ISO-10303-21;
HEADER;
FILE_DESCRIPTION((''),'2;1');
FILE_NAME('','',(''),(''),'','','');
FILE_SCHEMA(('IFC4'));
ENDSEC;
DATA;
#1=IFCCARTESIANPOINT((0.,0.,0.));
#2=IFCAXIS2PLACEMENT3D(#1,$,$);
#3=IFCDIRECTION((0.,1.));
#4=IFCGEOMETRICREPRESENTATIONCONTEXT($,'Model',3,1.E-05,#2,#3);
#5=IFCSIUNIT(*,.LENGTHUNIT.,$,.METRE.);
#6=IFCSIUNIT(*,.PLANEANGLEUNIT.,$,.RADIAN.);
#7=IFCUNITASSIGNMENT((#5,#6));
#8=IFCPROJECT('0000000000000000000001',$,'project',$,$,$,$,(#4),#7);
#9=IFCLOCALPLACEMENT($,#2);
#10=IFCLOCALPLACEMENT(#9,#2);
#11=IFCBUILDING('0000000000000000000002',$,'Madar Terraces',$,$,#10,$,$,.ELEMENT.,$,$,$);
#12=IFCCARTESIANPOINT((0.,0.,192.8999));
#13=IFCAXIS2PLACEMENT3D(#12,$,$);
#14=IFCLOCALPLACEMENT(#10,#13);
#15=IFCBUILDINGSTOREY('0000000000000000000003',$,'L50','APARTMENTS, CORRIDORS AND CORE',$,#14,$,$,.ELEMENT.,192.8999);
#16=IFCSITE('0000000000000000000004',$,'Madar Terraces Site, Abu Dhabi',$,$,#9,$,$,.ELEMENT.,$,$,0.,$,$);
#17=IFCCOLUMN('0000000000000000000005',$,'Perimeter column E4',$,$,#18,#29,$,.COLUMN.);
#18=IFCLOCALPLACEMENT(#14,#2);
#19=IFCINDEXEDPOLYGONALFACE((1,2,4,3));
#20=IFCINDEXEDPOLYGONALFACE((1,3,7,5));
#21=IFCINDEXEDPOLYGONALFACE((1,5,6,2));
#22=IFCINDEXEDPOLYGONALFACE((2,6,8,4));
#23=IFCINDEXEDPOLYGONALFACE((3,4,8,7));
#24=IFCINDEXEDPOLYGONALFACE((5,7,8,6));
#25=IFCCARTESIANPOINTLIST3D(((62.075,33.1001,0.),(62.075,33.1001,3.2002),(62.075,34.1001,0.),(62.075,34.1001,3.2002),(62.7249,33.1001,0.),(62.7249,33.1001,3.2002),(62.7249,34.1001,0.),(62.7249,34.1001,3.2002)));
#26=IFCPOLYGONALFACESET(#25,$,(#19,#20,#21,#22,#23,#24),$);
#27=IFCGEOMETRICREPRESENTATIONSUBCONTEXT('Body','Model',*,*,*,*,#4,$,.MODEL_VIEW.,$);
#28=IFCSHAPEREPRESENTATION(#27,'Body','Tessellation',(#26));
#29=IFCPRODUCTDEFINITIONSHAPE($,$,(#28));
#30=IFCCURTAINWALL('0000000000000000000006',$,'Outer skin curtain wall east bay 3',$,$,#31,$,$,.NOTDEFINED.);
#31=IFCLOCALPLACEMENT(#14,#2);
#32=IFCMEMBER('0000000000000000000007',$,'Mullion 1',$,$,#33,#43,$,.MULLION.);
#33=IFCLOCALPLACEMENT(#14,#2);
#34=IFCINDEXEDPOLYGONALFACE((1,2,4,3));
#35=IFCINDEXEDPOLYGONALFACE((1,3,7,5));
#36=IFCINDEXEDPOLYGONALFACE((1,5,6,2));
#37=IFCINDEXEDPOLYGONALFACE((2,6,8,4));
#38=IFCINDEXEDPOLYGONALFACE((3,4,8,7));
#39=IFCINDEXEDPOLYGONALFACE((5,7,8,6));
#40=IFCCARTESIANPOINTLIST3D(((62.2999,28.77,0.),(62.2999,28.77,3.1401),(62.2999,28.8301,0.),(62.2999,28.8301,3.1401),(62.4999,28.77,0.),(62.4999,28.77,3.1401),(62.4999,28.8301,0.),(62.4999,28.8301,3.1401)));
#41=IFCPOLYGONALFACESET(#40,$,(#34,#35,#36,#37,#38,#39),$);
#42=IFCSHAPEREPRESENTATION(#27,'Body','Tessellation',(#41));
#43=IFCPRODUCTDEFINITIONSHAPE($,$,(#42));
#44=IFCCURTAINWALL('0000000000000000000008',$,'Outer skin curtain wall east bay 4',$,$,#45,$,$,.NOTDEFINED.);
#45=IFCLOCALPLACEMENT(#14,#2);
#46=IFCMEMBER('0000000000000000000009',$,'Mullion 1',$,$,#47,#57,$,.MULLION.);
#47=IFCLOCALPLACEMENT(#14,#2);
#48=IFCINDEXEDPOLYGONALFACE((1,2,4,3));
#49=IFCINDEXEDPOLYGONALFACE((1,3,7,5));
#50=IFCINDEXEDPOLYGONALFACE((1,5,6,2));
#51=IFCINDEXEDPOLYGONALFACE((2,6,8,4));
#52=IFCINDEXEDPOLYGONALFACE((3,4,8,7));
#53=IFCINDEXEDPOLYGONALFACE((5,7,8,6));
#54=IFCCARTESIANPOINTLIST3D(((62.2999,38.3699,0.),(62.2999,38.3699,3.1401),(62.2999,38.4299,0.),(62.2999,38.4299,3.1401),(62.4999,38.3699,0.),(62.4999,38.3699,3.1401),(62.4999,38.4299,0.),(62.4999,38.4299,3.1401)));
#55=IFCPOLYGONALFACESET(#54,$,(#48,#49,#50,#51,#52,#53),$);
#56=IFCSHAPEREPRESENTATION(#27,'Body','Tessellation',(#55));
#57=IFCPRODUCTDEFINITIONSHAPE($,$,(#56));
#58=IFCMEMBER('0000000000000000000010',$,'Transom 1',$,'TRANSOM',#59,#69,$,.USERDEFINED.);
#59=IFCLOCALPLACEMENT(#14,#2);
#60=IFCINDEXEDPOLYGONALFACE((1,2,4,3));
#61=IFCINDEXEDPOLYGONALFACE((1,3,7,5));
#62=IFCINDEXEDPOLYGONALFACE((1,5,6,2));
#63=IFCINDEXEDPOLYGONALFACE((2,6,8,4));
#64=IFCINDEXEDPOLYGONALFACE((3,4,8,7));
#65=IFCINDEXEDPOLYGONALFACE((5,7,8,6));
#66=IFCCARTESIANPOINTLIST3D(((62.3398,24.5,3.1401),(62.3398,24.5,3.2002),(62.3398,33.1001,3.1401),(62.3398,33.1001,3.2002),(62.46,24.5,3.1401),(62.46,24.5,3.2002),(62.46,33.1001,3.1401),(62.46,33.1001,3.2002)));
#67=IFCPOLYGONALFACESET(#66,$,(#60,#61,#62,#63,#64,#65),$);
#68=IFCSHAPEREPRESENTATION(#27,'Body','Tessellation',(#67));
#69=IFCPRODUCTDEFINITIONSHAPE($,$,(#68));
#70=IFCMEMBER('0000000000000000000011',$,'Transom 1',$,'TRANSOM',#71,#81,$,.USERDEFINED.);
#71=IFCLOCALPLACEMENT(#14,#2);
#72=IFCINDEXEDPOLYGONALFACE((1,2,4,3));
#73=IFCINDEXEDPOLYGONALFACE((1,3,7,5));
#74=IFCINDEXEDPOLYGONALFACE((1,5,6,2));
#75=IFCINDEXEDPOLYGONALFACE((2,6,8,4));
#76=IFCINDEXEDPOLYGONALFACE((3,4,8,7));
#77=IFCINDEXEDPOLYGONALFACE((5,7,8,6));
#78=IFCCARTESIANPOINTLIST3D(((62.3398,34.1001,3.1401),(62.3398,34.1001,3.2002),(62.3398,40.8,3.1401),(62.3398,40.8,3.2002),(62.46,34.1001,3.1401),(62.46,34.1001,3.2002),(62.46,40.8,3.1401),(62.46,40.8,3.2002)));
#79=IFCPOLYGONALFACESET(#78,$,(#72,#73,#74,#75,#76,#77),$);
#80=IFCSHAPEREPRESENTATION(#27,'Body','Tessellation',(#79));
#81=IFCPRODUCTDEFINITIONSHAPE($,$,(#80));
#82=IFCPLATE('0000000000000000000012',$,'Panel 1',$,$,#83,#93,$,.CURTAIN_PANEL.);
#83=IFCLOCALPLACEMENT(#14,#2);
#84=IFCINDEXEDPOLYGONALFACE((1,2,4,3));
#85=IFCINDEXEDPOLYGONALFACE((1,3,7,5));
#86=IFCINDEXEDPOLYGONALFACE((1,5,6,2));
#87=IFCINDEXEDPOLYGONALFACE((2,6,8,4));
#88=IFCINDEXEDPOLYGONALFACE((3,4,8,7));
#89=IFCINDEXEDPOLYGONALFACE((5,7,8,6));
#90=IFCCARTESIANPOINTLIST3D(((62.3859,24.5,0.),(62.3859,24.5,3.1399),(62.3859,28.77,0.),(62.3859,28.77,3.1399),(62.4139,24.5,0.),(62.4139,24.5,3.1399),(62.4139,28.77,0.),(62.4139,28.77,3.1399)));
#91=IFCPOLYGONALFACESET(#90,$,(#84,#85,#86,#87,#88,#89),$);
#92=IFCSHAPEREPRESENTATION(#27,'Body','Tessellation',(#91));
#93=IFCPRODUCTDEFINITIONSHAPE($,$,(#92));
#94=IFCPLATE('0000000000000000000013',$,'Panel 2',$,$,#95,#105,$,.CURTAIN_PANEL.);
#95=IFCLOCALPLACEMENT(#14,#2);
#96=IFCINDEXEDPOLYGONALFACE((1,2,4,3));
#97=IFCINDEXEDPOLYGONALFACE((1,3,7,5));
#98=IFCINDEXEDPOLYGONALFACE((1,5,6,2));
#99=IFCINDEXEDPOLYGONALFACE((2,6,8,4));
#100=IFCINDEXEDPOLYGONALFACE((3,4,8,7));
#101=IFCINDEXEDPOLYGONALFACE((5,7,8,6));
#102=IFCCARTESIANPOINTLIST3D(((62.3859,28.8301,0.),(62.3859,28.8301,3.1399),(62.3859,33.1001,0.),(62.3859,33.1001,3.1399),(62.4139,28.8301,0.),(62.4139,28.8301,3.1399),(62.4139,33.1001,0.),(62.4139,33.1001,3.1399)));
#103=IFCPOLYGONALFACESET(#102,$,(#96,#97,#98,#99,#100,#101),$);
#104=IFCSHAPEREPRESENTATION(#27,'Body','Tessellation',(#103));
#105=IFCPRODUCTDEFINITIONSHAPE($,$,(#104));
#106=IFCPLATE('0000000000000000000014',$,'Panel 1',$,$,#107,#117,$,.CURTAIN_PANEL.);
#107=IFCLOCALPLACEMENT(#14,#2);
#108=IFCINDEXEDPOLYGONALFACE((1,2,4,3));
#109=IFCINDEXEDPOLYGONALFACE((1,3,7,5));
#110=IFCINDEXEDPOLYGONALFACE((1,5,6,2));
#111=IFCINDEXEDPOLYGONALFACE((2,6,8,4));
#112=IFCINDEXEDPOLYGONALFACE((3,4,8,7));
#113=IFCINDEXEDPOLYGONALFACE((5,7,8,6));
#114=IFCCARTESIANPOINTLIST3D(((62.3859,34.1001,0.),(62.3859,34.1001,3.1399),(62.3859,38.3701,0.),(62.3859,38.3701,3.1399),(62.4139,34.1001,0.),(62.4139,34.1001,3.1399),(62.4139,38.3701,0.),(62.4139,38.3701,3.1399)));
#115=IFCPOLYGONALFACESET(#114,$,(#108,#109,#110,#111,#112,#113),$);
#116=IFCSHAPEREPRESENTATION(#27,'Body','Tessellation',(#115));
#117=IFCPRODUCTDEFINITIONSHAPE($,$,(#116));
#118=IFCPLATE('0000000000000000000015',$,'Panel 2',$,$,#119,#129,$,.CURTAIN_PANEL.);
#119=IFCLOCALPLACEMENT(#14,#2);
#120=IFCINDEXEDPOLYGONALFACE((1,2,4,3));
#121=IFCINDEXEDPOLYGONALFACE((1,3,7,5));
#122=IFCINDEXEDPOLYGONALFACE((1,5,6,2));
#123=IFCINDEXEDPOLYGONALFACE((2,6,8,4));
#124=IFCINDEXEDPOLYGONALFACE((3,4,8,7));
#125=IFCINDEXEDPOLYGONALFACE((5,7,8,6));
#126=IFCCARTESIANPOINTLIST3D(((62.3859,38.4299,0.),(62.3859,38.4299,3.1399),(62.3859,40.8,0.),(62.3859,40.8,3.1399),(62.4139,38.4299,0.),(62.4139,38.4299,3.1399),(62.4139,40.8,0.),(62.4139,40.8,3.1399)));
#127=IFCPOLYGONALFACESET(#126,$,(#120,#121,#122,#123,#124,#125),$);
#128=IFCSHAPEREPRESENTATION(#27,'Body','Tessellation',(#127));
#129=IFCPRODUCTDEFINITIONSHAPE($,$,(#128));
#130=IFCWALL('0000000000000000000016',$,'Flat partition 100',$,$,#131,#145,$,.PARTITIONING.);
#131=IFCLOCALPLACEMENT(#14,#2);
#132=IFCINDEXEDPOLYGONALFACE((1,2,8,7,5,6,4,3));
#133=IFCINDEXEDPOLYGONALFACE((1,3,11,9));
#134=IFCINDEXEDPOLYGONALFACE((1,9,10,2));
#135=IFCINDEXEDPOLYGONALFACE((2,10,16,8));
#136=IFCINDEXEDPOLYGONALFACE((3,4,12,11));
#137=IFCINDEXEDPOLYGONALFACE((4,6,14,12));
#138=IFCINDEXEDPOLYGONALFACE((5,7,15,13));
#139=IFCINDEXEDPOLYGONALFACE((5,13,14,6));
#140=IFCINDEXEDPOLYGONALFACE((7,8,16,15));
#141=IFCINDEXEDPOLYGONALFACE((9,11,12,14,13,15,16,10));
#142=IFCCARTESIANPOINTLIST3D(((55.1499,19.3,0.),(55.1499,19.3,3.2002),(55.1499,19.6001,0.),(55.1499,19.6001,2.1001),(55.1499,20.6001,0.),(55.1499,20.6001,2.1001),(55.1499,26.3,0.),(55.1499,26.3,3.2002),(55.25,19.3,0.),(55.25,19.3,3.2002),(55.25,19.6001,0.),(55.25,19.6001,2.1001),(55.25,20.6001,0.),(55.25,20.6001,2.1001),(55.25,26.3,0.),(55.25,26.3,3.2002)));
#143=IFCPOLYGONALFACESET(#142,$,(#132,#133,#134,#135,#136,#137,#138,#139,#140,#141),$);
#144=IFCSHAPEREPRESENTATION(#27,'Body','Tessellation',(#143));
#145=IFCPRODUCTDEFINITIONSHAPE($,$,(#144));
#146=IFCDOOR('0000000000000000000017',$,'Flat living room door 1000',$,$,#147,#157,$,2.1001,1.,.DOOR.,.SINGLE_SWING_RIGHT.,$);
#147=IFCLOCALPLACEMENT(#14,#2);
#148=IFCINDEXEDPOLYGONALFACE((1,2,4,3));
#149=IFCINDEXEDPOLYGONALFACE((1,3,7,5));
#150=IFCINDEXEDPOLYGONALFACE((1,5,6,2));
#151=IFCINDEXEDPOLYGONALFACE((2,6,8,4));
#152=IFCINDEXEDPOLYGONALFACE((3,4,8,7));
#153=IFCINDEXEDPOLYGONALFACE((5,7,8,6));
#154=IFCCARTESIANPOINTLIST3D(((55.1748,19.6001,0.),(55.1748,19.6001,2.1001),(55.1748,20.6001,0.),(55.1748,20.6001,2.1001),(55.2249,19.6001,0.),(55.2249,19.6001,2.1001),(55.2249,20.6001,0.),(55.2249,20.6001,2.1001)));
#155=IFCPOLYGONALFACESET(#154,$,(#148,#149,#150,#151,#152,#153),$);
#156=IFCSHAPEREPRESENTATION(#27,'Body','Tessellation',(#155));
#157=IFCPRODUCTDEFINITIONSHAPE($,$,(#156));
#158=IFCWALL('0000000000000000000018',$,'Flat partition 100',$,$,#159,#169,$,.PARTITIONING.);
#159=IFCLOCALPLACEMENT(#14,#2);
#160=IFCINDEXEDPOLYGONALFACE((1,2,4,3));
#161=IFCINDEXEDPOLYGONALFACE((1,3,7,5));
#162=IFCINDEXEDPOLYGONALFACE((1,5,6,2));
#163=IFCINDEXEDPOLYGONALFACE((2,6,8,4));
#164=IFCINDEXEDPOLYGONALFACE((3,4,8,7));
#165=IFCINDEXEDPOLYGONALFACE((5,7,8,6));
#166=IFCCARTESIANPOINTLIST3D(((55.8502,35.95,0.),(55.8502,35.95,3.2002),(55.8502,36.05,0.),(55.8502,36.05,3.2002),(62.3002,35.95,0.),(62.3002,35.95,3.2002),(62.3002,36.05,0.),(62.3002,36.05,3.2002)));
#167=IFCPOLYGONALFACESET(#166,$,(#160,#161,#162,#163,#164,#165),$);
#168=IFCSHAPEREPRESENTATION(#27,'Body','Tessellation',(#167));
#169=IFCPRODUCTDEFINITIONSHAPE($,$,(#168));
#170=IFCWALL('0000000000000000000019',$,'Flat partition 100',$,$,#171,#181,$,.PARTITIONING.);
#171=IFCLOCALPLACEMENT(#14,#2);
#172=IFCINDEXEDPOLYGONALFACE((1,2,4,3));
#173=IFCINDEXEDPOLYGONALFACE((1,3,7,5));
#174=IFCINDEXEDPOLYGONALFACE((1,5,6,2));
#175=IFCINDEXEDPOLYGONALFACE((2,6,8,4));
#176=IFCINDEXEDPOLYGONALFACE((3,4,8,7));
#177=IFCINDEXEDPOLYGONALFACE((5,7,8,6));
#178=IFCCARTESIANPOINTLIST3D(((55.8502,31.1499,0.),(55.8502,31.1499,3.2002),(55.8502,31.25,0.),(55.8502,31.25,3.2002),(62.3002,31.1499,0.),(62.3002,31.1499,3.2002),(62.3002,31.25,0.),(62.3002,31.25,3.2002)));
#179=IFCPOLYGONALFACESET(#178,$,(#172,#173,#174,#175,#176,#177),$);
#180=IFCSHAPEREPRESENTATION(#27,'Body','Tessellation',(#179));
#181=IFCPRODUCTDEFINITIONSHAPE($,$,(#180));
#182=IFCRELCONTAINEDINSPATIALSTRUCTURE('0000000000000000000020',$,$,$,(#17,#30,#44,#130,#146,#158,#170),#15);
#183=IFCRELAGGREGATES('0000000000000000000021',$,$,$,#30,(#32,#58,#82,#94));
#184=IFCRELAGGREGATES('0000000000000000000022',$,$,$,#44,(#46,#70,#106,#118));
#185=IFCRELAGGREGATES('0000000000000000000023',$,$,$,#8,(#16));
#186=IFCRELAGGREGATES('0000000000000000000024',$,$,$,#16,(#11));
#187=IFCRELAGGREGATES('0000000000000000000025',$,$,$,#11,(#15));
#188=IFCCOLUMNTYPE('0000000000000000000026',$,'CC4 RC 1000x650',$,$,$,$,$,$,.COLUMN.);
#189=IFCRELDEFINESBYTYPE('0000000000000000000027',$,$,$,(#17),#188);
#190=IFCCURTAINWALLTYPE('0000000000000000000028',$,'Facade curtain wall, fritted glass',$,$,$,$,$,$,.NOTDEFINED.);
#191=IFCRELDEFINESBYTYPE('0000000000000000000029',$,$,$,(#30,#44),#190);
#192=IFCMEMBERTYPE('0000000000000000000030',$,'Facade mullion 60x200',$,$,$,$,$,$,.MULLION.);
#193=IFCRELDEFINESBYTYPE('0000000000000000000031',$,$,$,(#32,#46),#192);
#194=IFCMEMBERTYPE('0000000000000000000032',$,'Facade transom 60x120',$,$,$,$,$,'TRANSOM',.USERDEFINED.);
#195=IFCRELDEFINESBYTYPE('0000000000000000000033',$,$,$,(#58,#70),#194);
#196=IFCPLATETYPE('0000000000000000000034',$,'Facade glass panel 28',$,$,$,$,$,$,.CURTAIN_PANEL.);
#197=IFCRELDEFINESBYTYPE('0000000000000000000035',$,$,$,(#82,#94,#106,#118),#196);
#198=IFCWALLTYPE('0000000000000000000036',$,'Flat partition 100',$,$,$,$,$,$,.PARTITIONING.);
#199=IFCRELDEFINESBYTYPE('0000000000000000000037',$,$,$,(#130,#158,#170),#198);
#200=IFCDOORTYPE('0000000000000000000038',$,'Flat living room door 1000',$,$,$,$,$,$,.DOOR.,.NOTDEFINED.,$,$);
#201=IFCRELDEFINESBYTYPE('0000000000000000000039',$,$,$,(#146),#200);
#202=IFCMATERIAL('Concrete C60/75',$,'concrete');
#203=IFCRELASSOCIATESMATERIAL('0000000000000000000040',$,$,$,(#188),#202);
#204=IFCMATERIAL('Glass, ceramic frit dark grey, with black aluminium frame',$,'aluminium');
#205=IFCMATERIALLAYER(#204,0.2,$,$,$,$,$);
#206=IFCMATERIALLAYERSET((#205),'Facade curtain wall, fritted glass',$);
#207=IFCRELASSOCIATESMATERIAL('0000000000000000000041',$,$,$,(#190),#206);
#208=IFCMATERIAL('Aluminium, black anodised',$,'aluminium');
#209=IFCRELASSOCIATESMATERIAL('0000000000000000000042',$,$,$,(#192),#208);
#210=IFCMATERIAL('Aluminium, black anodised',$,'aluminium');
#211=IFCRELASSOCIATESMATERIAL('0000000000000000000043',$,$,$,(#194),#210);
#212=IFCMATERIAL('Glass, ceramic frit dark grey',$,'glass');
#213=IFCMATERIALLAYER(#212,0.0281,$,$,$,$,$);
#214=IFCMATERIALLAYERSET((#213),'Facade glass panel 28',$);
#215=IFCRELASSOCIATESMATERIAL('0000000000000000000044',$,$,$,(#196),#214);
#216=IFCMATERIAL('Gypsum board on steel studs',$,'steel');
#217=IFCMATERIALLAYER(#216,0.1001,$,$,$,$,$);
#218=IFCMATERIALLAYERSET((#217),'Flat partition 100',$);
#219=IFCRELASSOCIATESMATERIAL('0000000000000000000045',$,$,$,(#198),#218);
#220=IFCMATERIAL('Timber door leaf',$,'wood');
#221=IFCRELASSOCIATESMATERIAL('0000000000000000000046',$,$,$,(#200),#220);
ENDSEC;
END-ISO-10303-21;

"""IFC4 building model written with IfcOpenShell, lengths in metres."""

from ifc_helpers import new_model, si_unit, direction, frame, frame_2d, origin, origin_2d, place, context, subcontext, project, spatial, rectangle, extrude, material, layer, layer_set, material_profile, profile_set, type_object, element, fill, aggregate, save


model = new_model("IFC4")

# Units and contexts
model_context = context("Model", 3, precision=1e-05, world=origin(), true_north=direction((0.0, 1.0)))
body_context = subcontext(model_context, "Body", "Model", "MODEL_VIEW")
ifc_project = project(units=[si_unit("LENGTHUNIT", "METRE"), si_unit("PLANEANGLEUNIT", "RADIAN")], contexts=[model_context])

# Site, building, storey
site_placement = place(None, origin())
site = spatial("IfcSite", under=ifc_project, at=site_placement, Name="Madar Terraces Site, Abu Dhabi", CompositionType="ELEMENT", RefElevation=0.0)
building_placement = place(site_placement, origin())
building = spatial("IfcBuilding", under=site, at=building_placement, Name="Madar Terraces", CompositionType="ELEMENT")
storey_placement = place(building_placement, frame((0.0, 0.0, 192.8999)))
storey = spatial("IfcBuildingStorey", under=building, at=storey_placement, Name="L50", Description="APARTMENTS, CORRIDORS AND CORE", CompositionType="ELEMENT", Elevation=192.8999)

# Column
ifc_material_1 = material(Name="Concrete C60/75", Category="concrete")
ifc_material_profile_1 = material_profile(ifc_material_1, rectangle(XDim=1.0, YDim=0.6499, at=origin_2d()), Name="CC4 RC 1000x650")
ifc_profile_set_1 = profile_set([ifc_material_profile_1], Name="Concrete C60/75")
column_type = type_object("IfcColumnType", Name="CC4 RC 1000x650", PredefinedType="COLUMN", material=ifc_profile_set_1)
column_placement = place(storey_placement, frame((62.3999, 33.6001, 0.0), z_axis=(0.0, 0.0, 1.0), x_axis=(0.0, 1.0, 0.0)))
element("IfcColumn", 1, at=column_placement, inside=storey, type_object=column_type, Name="Perimeter column E4", PredefinedType="COLUMN", context=body_context, shape_type="SweptSolid", body=[
    extrude(rectangle(XDim=1.0, YDim=0.6499, at=origin_2d()), origin(), (0.0, 0.0, 1.0), 3.2002),
])

# Curtain walls, members
ifc_material_2 = material(Name="Glass, ceramic frit dark grey, with black aluminium frame", Category="aluminium")
ifc_layer_1 = layer(ifc_material_2, 0.2)
ifc_layer_set_1 = layer_set([ifc_layer_1], Name="Facade curtain wall, fritted glass")
curtain_wall_type = type_object("IfcCurtainWallType", Name="Facade curtain wall, fritted glass", PredefinedType="NOTDEFINED", material=ifc_layer_set_1)
curtain_wall_1_placement = place(storey_placement, origin())
curtain_wall_1 = element("IfcCurtainWall", 2, at=curtain_wall_1_placement, inside=storey, type_object=curtain_wall_type, Name="Outer skin curtain wall east bay 3", PredefinedType="NOTDEFINED")
ifc_material_3 = material(Name="Aluminium, black anodised", Category="aluminium")
ifc_material_profile_2 = material_profile(ifc_material_3, rectangle(XDim=0.2, YDim=0.0601, at=origin_2d()), Name="Facade mullion 60x200")
ifc_profile_set_2 = profile_set([ifc_material_profile_2], Name="Aluminium, black anodised")
member_type_1 = type_object("IfcMemberType", Name="Facade mullion 60x200", PredefinedType="MULLION", material=ifc_profile_set_2)
member_1_placement = place(storey_placement, frame((62.3999, 28.8, 0.0), z_axis=(0.0, 0.0, 1.0), x_axis=(-1.0, 0.0, 0.0)))
member_1 = element("IfcMember", 3, at=member_1_placement, type_object=member_type_1, Name="Mullion 1", PredefinedType="MULLION", context=body_context, shape_type="SweptSolid", body=[
    extrude(rectangle(XDim=0.2, YDim=0.0601, at=origin_2d()), origin(), (0.0, 0.0, 1.0), 3.1401),
])
curtain_wall_2_placement = place(storey_placement, origin())
curtain_wall_2 = element("IfcCurtainWall", 4, at=curtain_wall_2_placement, inside=storey, type_object=curtain_wall_type, Name="Outer skin curtain wall east bay 4", PredefinedType="NOTDEFINED")
member_2_placement = place(storey_placement, frame((62.3999, 38.3999, 0.0), z_axis=(0.0, 0.0, 1.0), x_axis=(-1.0, 0.0, 0.0)))
member_2 = element("IfcMember", 5, at=member_2_placement, type_object=member_type_1, Name="Mullion 1", PredefinedType="MULLION", context=body_context, shape_type="SweptSolid", body=[
    extrude(rectangle(XDim=0.2, YDim=0.0601, at=origin_2d()), origin(), (0.0, 0.0, 1.0), 3.1401),
])

# Members
ifc_material_4 = material(Name="Aluminium, black anodised", Category="aluminium")
ifc_material_profile_3 = material_profile(ifc_material_4, rectangle(XDim=0.1201, YDim=0.0601, at=origin_2d()), Name="Facade transom 60x120")
ifc_profile_set_3 = profile_set([ifc_material_profile_3], Name="Aluminium, black anodised")
member_type_2 = type_object("IfcMemberType", Name="Facade transom 60x120", ElementType="TRANSOM", PredefinedType="USERDEFINED", material=ifc_profile_set_3)
member_3_placement = place(storey_placement, frame((62.3999, 24.5, 3.1702), z_axis=(0.0, 1.0, 0.0), x_axis=(-1.0, 0.0, 0.0)))
member_3 = element("IfcMember", 6, at=member_3_placement, type_object=member_type_2, Name="Transom 1", ObjectType="TRANSOM", PredefinedType="USERDEFINED", context=body_context, shape_type="SweptSolid", body=[
    extrude(rectangle(XDim=0.1201, YDim=0.0601, at=origin_2d()), origin(), (0.0, 0.0, 1.0), 8.6001),
])
member_4_placement = place(storey_placement, frame((62.3999, 34.1001, 3.1702), z_axis=(0.0, 1.0, 0.0), x_axis=(-1.0, 0.0, 0.0)))
member_4 = element("IfcMember", 7, at=member_4_placement, type_object=member_type_2, Name="Transom 1", ObjectType="TRANSOM", PredefinedType="USERDEFINED", context=body_context, shape_type="SweptSolid", body=[
    extrude(rectangle(XDim=0.1201, YDim=0.0601, at=origin_2d()), origin(), (0.0, 0.0, 1.0), 6.7),
])

# Plates
ifc_material_5 = material(Name="Glass, ceramic frit dark grey", Category="glass")
ifc_layer_2 = layer(ifc_material_5, 0.0281)
ifc_layer_set_2 = layer_set([ifc_layer_2], Name="Facade glass panel 28")
plate_type = type_object("IfcPlateType", Name="Facade glass panel 28", PredefinedType="CURTAIN_PANEL", material=ifc_layer_set_2)
plate_1_placement = place(storey_placement, frame((62.3999, 26.635, 0.0), z_axis=(0.0, 0.0, 1.0), x_axis=(0.0, 1.0, 0.0)))
plate_1 = element("IfcPlate", 8, at=plate_1_placement, type_object=plate_type, Name="Panel 1", PredefinedType="CURTAIN_PANEL", context=body_context, shape_type="SweptSolid", body=[
    extrude(rectangle(XDim=4.27, YDim=0.0281, at=origin_2d()), origin(), (0.0, 0.0, 1.0), 3.1399),
])
plate_2_placement = place(storey_placement, frame((62.3999, 30.9651, 0.0), z_axis=(0.0, 0.0, 1.0), x_axis=(0.0, 1.0, 0.0)))
plate_2 = element("IfcPlate", 9, at=plate_2_placement, type_object=plate_type, Name="Panel 2", PredefinedType="CURTAIN_PANEL", context=body_context, shape_type="SweptSolid", body=[
    extrude(rectangle(XDim=4.27, YDim=0.0281, at=origin_2d()), origin(), (0.0, 0.0, 1.0), 3.1399),
])
aggregate(curtain_wall_1, [member_1, member_3, plate_1, plate_2])
plate_3_placement = place(storey_placement, frame((62.3999, 36.2351, 0.0), z_axis=(0.0, 0.0, 1.0), x_axis=(0.0, 1.0, 0.0)))
plate_3 = element("IfcPlate", 10, at=plate_3_placement, type_object=plate_type, Name="Panel 1", PredefinedType="CURTAIN_PANEL", context=body_context, shape_type="SweptSolid", body=[
    extrude(rectangle(XDim=4.27, YDim=0.0281, at=origin_2d()), origin(), (0.0, 0.0, 1.0), 3.1399),
])
plate_4_placement = place(storey_placement, frame((62.3999, 39.615, 0.0), z_axis=(0.0, 0.0, 1.0), x_axis=(0.0, 1.0, 0.0)))
plate_4 = element("IfcPlate", 11, at=plate_4_placement, type_object=plate_type, Name="Panel 2", PredefinedType="CURTAIN_PANEL", context=body_context, shape_type="SweptSolid", body=[
    extrude(rectangle(XDim=2.3701, YDim=0.0281, at=origin_2d()), origin(), (0.0, 0.0, 1.0), 3.1399),
])
aggregate(curtain_wall_2, [member_2, member_4, plate_3, plate_4])

# Wall, opening, door
ifc_material_6 = material(Name="Gypsum board on steel studs", Category="steel")
ifc_layer_3 = layer(ifc_material_6, 0.1001)
ifc_layer_set_3 = layer_set([ifc_layer_3], Name="Flat partition 100")
wall_type_1 = type_object("IfcWallType", Name="Flat partition 100", PredefinedType="PARTITIONING", material=ifc_layer_set_3)
wall_1_placement = place(storey_placement, frame((55.2, 26.3, 0.0), z_axis=(0.0, 0.0, 1.0), x_axis=(0.0, -1.0, 0.0)))
wall_1 = element("IfcWall", 12, at=wall_1_placement, inside=storey, type_object=wall_type_1, Name="Flat partition 100", PredefinedType="PARTITIONING", context=body_context, shape_type="SweptSolid", body=[
    extrude(rectangle(XDim=7.0, YDim=0.1001, at=frame_2d((3.5, 0.0))), origin(), (0.0, 0.0, 1.0), 3.2002),
])
opening_1_placement = place(wall_1_placement, frame((5.7, 0.0, 0.0)))
opening_1 = element("IfcOpeningElement", 13, at=opening_1_placement, cuts=wall_1, PredefinedType="OPENING", context=body_context, shape_type="SweptSolid", body=[
    extrude(rectangle(XDim=1.0, YDim=2.1001, at=frame_2d((0.5, 1.05))), frame((0.0, 0.0601, 0.0), z_axis=(0.0, -1.0, 0.0), x_axis=(1.0, 0.0, 0.0)), (0.0, 0.0, 1.0), 0.1201),
])
ifc_material_7 = material(Name="Timber door leaf", Category="wood")
door_type_1 = type_object("IfcDoorType", Name="Flat living room door 1000", OperationType="NOTDEFINED", PredefinedType="DOOR", material=ifc_material_7)
door_1_placement = place(opening_1_placement, origin())
door_1 = element("IfcDoor", 14, at=door_1_placement, inside=storey, type_object=door_type_1, Name="Flat living room door 1000", OperationType="SINGLE_SWING_RIGHT", OverallHeight=2.1001, OverallWidth=1.0, PredefinedType="DOOR", context=body_context, shape_type="SweptSolid", body=[
    extrude(rectangle(XDim=1.0, YDim=2.1001, at=frame_2d((0.5, 1.05))), frame((0.0, 0.0249, 0.0), z_axis=(0.0, -1.0, 0.0), x_axis=(1.0, 0.0, 0.0)), (0.0, 0.0, 1.0), 0.05),
])
fill(opening_1, door_1)

# Walls
for number, where, z_axis, x_axis, name in (
    (15, (55.8501, 36.0, 0.0), (0.0, 0.0, 1.0), (1.0, 0.0, 0.0), "Flat partition 100"),
    (16, (55.8501, 31.2, 0.0), (0.0, 0.0, 1.0), (1.0, 0.0, 0.0), "Flat partition 100"),
):
    element("IfcWall", number, at=place(storey_placement, frame(where, z_axis=z_axis, x_axis=x_axis)), inside=storey, type_object=wall_type_1, Name=name, PredefinedType="PARTITIONING", context=body_context, shape_type="SweptSolid", body=[
        extrude(rectangle(XDim=6.45, YDim=0.1001, at=frame_2d((3.2251, 0.0))), origin(), (0.0, 0.0, 1.0), 3.2002),
    ])

save(model, "model.ifc")
